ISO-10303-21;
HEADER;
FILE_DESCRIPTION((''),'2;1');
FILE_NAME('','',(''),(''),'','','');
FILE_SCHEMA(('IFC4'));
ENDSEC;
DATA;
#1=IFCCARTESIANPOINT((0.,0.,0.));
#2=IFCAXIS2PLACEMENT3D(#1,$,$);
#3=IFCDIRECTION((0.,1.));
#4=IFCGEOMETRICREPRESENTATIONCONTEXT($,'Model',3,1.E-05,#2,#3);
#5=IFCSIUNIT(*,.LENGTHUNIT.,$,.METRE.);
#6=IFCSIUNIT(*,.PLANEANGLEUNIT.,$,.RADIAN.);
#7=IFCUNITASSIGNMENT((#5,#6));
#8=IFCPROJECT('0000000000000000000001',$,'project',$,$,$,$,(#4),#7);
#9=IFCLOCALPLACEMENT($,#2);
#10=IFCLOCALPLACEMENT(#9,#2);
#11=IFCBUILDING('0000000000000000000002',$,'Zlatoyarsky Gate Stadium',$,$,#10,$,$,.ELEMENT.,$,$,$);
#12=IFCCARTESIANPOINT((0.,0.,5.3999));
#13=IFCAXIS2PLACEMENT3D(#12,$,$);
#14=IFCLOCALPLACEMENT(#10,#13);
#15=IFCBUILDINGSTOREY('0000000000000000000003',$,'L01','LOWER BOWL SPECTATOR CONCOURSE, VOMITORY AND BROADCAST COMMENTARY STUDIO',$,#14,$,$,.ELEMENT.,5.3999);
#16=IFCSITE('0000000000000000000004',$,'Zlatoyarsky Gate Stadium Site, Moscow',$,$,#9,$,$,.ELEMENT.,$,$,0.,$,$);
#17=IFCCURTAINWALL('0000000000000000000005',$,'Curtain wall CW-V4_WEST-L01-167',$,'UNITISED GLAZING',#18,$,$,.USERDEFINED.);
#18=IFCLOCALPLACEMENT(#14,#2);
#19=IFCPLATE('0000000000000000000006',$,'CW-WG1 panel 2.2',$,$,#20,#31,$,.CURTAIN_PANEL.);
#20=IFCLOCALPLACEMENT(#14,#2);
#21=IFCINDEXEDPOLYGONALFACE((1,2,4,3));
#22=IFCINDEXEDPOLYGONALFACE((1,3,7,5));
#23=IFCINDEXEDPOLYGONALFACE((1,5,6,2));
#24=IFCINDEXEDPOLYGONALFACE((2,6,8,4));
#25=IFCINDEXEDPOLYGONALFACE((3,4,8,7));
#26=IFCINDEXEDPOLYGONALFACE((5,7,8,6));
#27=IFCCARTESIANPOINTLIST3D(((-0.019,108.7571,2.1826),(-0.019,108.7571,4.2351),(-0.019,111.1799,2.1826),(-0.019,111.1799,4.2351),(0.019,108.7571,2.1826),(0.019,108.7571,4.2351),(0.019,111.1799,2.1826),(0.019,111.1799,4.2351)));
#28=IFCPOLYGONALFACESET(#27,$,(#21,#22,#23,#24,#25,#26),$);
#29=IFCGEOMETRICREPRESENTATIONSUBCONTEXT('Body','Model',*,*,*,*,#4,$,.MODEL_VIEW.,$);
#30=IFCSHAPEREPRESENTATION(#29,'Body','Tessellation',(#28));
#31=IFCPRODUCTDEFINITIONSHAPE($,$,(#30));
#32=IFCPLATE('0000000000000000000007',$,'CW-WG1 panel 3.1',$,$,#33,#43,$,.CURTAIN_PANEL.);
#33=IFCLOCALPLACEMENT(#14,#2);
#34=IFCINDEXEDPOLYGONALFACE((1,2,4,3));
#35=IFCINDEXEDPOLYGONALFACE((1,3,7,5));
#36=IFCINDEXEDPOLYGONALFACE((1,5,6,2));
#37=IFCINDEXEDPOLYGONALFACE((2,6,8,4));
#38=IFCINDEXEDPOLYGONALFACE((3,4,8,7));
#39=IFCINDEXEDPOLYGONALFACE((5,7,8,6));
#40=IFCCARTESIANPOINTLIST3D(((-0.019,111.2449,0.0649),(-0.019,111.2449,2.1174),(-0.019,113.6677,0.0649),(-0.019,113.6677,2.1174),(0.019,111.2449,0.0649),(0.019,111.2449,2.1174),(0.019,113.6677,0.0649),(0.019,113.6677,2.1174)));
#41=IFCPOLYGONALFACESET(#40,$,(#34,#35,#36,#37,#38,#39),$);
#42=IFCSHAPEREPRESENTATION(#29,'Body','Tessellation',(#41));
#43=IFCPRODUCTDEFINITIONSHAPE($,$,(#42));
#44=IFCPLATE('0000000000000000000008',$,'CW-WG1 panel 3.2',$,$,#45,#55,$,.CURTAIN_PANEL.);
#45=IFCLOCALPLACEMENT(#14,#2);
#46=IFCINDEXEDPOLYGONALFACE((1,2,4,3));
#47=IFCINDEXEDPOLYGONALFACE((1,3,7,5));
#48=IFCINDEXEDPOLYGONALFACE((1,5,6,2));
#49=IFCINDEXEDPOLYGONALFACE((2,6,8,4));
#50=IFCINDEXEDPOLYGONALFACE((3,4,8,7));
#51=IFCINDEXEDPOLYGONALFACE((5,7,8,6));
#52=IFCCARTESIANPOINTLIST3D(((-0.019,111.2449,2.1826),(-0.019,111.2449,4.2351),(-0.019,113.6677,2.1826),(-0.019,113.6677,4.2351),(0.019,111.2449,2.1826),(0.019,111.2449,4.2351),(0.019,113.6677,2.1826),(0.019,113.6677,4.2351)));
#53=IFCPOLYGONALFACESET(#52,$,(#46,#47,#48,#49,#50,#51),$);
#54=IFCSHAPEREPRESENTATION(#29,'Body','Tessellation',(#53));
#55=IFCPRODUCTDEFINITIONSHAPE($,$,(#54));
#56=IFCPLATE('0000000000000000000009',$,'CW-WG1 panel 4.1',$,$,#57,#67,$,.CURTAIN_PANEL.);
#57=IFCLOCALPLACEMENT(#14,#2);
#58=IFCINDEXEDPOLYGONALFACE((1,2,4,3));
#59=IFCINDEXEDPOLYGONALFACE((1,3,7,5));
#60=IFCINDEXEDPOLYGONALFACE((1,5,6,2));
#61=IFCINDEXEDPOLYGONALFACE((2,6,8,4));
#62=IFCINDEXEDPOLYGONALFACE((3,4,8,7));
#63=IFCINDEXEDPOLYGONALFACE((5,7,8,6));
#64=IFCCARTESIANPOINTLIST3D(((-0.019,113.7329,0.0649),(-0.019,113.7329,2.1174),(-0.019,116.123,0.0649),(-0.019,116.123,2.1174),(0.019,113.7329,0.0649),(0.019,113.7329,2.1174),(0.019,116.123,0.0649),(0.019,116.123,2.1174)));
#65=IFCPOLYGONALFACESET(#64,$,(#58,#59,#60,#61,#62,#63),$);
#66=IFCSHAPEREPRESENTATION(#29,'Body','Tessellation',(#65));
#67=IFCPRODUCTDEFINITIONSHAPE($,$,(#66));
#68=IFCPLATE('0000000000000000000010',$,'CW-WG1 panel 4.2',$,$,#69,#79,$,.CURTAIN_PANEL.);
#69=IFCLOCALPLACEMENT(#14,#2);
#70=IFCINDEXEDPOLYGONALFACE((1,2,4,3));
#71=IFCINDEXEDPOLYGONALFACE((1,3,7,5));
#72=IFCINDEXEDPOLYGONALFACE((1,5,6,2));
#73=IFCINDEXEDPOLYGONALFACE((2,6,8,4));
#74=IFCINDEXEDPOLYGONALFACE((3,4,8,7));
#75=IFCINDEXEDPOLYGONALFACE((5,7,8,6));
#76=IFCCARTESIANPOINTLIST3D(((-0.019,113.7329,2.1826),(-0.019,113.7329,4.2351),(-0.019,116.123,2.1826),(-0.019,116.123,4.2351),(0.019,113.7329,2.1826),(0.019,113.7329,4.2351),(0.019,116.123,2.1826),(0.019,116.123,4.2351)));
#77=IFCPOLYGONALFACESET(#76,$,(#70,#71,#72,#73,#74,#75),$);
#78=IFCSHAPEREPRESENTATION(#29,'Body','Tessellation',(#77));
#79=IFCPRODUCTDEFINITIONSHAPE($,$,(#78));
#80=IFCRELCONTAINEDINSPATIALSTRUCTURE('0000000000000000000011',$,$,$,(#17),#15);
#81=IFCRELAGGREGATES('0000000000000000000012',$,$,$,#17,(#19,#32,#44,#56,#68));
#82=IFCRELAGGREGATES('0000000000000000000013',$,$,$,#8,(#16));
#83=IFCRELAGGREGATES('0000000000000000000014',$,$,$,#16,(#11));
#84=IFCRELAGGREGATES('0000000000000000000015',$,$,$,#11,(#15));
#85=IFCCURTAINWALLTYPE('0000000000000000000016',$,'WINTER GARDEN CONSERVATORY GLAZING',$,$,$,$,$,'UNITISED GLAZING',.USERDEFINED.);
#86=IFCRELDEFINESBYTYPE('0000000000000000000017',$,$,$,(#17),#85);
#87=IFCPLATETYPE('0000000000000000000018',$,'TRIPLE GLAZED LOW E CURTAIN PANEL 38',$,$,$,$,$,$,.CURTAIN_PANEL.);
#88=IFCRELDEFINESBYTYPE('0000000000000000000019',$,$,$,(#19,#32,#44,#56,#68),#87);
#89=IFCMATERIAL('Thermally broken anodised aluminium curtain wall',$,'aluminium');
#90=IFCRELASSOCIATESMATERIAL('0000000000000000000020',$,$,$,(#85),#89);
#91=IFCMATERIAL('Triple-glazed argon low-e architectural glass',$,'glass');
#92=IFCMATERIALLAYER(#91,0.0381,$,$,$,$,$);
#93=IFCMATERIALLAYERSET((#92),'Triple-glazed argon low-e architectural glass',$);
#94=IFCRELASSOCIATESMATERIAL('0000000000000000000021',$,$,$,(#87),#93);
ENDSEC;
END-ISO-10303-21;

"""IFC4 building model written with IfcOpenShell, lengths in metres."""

from ifc_helpers import new_model, si_unit, direction, frame, origin, origin_2d, place, context, subcontext, project, spatial, rectangle, extrude, material, layer, layer_set, type_object, element, aggregate, save


model = new_model("IFC4")

# Units and contexts
model_context = context("Model", 3, precision=1e-05, world=origin(), true_north=direction((0.0, 1.0)))
body_context = subcontext(model_context, "Body", "Model", "MODEL_VIEW")
ifc_project = project(units=[si_unit("LENGTHUNIT", "METRE"), si_unit("PLANEANGLEUNIT", "RADIAN")], contexts=[model_context])

# Site, building, storey
site_placement = place(None, origin())
site = spatial("IfcSite", under=ifc_project, at=site_placement, Name="Zlatoyarsky Gate Stadium Site, Moscow", CompositionType="ELEMENT", RefElevation=0.0)
building_placement = place(site_placement, origin())
building = spatial("IfcBuilding", under=site, at=building_placement, Name="Zlatoyarsky Gate Stadium", CompositionType="ELEMENT")
storey_placement = place(building_placement, frame((0.0, 0.0, 5.3999)))
storey = spatial("IfcBuildingStorey", under=building, at=storey_placement, Name="L01", Description="LOWER BOWL SPECTATOR CONCOURSE, VOMITORY AND BROADCAST COMMENTARY STUDIO", CompositionType="ELEMENT", Elevation=5.3999)

# Curtain wall
ifc_material_1 = material(Name="Thermally broken anodised aluminium curtain wall", Category="aluminium")
curtain_wall_type = type_object("IfcCurtainWallType", Name="WINTER GARDEN CONSERVATORY GLAZING", ElementType="UNITISED GLAZING", PredefinedType="USERDEFINED", material=ifc_material_1)
curtain_wall_placement = place(storey_placement, origin())
curtain_wall = element("IfcCurtainWall", 1, at=curtain_wall_placement, inside=storey, type_object=curtain_wall_type, Name="Curtain wall CW-V4_WEST-L01-167", ObjectType="UNITISED GLAZING", PredefinedType="USERDEFINED")

# Plates
ifc_material_2 = material(Name="Triple-glazed argon low-e architectural glass", Category="glass")
ifc_layer = layer(ifc_material_2, 0.0381)
ifc_layer_set = layer_set([ifc_layer], Name="Triple-glazed argon low-e architectural glass")
plate_type = type_object("IfcPlateType", Name="TRIPLE GLAZED LOW E CURTAIN PANEL 38", PredefinedType="CURTAIN_PANEL", material=ifc_layer_set)
plate_1_placement = place(storey_placement, frame((0.0, 109.9685, 2.1826), z_axis=(0.0, 0.0, 1.0), x_axis=(0.0, 1.0, 0.0)))
plate_1 = element("IfcPlate", 2, at=plate_1_placement, type_object=plate_type, Name="CW-WG1 panel 2.2", PredefinedType="CURTAIN_PANEL", context=body_context, shape_type="SweptSolid", body=[
    extrude(rectangle(XDim=2.4229, YDim=0.0381, at=origin_2d()), origin(), (0.0, 0.0, 1.0), 2.0525),
])
plate_2_placement = place(storey_placement, frame((0.0, 112.4563, 0.0649), z_axis=(0.0, 0.0, 1.0), x_axis=(0.0, 1.0, 0.0)))
plate_2 = element("IfcPlate", 3, at=plate_2_placement, type_object=plate_type, Name="CW-WG1 panel 3.1", PredefinedType="CURTAIN_PANEL", context=body_context, shape_type="SweptSolid", body=[
    extrude(rectangle(XDim=2.4229, YDim=0.0381, at=origin_2d()), origin(), (0.0, 0.0, 1.0), 2.0525),
])
plate_3_placement = place(storey_placement, frame((0.0, 112.4563, 2.1826), z_axis=(0.0, 0.0, 1.0), x_axis=(0.0, 1.0, 0.0)))
plate_3 = element("IfcPlate", 4, at=plate_3_placement, type_object=plate_type, Name="CW-WG1 panel 3.2", PredefinedType="CURTAIN_PANEL", context=body_context, shape_type="SweptSolid", body=[
    extrude(rectangle(XDim=2.4229, YDim=0.0381, at=origin_2d()), origin(), (0.0, 0.0, 1.0), 2.0525),
])
plate_4_placement = place(storey_placement, frame((0.0, 114.928, 0.0649), z_axis=(0.0, 0.0, 1.0), x_axis=(0.0, 1.0, 0.0)))
plate_4 = element("IfcPlate", 5, at=plate_4_placement, type_object=plate_type, Name="CW-WG1 panel 4.1", PredefinedType="CURTAIN_PANEL", context=body_context, shape_type="SweptSolid", body=[
    extrude(rectangle(XDim=2.3901, YDim=0.0381, at=origin_2d()), origin(), (0.0, 0.0, 1.0), 2.0525),
])
plate_5_placement = place(storey_placement, frame((0.0, 114.928, 2.1826), z_axis=(0.0, 0.0, 1.0), x_axis=(0.0, 1.0, 0.0)))
plate_5 = element("IfcPlate", 6, at=plate_5_placement, type_object=plate_type, Name="CW-WG1 panel 4.2", PredefinedType="CURTAIN_PANEL", context=body_context, shape_type="SweptSolid", body=[
    extrude(rectangle(XDim=2.3901, YDim=0.0381, at=origin_2d()), origin(), (0.0, 0.0, 1.0), 2.0525),
])
aggregate(curtain_wall, [plate_1, plate_2, plate_3, plate_4, plate_5])

save(model, "model.ifc")
